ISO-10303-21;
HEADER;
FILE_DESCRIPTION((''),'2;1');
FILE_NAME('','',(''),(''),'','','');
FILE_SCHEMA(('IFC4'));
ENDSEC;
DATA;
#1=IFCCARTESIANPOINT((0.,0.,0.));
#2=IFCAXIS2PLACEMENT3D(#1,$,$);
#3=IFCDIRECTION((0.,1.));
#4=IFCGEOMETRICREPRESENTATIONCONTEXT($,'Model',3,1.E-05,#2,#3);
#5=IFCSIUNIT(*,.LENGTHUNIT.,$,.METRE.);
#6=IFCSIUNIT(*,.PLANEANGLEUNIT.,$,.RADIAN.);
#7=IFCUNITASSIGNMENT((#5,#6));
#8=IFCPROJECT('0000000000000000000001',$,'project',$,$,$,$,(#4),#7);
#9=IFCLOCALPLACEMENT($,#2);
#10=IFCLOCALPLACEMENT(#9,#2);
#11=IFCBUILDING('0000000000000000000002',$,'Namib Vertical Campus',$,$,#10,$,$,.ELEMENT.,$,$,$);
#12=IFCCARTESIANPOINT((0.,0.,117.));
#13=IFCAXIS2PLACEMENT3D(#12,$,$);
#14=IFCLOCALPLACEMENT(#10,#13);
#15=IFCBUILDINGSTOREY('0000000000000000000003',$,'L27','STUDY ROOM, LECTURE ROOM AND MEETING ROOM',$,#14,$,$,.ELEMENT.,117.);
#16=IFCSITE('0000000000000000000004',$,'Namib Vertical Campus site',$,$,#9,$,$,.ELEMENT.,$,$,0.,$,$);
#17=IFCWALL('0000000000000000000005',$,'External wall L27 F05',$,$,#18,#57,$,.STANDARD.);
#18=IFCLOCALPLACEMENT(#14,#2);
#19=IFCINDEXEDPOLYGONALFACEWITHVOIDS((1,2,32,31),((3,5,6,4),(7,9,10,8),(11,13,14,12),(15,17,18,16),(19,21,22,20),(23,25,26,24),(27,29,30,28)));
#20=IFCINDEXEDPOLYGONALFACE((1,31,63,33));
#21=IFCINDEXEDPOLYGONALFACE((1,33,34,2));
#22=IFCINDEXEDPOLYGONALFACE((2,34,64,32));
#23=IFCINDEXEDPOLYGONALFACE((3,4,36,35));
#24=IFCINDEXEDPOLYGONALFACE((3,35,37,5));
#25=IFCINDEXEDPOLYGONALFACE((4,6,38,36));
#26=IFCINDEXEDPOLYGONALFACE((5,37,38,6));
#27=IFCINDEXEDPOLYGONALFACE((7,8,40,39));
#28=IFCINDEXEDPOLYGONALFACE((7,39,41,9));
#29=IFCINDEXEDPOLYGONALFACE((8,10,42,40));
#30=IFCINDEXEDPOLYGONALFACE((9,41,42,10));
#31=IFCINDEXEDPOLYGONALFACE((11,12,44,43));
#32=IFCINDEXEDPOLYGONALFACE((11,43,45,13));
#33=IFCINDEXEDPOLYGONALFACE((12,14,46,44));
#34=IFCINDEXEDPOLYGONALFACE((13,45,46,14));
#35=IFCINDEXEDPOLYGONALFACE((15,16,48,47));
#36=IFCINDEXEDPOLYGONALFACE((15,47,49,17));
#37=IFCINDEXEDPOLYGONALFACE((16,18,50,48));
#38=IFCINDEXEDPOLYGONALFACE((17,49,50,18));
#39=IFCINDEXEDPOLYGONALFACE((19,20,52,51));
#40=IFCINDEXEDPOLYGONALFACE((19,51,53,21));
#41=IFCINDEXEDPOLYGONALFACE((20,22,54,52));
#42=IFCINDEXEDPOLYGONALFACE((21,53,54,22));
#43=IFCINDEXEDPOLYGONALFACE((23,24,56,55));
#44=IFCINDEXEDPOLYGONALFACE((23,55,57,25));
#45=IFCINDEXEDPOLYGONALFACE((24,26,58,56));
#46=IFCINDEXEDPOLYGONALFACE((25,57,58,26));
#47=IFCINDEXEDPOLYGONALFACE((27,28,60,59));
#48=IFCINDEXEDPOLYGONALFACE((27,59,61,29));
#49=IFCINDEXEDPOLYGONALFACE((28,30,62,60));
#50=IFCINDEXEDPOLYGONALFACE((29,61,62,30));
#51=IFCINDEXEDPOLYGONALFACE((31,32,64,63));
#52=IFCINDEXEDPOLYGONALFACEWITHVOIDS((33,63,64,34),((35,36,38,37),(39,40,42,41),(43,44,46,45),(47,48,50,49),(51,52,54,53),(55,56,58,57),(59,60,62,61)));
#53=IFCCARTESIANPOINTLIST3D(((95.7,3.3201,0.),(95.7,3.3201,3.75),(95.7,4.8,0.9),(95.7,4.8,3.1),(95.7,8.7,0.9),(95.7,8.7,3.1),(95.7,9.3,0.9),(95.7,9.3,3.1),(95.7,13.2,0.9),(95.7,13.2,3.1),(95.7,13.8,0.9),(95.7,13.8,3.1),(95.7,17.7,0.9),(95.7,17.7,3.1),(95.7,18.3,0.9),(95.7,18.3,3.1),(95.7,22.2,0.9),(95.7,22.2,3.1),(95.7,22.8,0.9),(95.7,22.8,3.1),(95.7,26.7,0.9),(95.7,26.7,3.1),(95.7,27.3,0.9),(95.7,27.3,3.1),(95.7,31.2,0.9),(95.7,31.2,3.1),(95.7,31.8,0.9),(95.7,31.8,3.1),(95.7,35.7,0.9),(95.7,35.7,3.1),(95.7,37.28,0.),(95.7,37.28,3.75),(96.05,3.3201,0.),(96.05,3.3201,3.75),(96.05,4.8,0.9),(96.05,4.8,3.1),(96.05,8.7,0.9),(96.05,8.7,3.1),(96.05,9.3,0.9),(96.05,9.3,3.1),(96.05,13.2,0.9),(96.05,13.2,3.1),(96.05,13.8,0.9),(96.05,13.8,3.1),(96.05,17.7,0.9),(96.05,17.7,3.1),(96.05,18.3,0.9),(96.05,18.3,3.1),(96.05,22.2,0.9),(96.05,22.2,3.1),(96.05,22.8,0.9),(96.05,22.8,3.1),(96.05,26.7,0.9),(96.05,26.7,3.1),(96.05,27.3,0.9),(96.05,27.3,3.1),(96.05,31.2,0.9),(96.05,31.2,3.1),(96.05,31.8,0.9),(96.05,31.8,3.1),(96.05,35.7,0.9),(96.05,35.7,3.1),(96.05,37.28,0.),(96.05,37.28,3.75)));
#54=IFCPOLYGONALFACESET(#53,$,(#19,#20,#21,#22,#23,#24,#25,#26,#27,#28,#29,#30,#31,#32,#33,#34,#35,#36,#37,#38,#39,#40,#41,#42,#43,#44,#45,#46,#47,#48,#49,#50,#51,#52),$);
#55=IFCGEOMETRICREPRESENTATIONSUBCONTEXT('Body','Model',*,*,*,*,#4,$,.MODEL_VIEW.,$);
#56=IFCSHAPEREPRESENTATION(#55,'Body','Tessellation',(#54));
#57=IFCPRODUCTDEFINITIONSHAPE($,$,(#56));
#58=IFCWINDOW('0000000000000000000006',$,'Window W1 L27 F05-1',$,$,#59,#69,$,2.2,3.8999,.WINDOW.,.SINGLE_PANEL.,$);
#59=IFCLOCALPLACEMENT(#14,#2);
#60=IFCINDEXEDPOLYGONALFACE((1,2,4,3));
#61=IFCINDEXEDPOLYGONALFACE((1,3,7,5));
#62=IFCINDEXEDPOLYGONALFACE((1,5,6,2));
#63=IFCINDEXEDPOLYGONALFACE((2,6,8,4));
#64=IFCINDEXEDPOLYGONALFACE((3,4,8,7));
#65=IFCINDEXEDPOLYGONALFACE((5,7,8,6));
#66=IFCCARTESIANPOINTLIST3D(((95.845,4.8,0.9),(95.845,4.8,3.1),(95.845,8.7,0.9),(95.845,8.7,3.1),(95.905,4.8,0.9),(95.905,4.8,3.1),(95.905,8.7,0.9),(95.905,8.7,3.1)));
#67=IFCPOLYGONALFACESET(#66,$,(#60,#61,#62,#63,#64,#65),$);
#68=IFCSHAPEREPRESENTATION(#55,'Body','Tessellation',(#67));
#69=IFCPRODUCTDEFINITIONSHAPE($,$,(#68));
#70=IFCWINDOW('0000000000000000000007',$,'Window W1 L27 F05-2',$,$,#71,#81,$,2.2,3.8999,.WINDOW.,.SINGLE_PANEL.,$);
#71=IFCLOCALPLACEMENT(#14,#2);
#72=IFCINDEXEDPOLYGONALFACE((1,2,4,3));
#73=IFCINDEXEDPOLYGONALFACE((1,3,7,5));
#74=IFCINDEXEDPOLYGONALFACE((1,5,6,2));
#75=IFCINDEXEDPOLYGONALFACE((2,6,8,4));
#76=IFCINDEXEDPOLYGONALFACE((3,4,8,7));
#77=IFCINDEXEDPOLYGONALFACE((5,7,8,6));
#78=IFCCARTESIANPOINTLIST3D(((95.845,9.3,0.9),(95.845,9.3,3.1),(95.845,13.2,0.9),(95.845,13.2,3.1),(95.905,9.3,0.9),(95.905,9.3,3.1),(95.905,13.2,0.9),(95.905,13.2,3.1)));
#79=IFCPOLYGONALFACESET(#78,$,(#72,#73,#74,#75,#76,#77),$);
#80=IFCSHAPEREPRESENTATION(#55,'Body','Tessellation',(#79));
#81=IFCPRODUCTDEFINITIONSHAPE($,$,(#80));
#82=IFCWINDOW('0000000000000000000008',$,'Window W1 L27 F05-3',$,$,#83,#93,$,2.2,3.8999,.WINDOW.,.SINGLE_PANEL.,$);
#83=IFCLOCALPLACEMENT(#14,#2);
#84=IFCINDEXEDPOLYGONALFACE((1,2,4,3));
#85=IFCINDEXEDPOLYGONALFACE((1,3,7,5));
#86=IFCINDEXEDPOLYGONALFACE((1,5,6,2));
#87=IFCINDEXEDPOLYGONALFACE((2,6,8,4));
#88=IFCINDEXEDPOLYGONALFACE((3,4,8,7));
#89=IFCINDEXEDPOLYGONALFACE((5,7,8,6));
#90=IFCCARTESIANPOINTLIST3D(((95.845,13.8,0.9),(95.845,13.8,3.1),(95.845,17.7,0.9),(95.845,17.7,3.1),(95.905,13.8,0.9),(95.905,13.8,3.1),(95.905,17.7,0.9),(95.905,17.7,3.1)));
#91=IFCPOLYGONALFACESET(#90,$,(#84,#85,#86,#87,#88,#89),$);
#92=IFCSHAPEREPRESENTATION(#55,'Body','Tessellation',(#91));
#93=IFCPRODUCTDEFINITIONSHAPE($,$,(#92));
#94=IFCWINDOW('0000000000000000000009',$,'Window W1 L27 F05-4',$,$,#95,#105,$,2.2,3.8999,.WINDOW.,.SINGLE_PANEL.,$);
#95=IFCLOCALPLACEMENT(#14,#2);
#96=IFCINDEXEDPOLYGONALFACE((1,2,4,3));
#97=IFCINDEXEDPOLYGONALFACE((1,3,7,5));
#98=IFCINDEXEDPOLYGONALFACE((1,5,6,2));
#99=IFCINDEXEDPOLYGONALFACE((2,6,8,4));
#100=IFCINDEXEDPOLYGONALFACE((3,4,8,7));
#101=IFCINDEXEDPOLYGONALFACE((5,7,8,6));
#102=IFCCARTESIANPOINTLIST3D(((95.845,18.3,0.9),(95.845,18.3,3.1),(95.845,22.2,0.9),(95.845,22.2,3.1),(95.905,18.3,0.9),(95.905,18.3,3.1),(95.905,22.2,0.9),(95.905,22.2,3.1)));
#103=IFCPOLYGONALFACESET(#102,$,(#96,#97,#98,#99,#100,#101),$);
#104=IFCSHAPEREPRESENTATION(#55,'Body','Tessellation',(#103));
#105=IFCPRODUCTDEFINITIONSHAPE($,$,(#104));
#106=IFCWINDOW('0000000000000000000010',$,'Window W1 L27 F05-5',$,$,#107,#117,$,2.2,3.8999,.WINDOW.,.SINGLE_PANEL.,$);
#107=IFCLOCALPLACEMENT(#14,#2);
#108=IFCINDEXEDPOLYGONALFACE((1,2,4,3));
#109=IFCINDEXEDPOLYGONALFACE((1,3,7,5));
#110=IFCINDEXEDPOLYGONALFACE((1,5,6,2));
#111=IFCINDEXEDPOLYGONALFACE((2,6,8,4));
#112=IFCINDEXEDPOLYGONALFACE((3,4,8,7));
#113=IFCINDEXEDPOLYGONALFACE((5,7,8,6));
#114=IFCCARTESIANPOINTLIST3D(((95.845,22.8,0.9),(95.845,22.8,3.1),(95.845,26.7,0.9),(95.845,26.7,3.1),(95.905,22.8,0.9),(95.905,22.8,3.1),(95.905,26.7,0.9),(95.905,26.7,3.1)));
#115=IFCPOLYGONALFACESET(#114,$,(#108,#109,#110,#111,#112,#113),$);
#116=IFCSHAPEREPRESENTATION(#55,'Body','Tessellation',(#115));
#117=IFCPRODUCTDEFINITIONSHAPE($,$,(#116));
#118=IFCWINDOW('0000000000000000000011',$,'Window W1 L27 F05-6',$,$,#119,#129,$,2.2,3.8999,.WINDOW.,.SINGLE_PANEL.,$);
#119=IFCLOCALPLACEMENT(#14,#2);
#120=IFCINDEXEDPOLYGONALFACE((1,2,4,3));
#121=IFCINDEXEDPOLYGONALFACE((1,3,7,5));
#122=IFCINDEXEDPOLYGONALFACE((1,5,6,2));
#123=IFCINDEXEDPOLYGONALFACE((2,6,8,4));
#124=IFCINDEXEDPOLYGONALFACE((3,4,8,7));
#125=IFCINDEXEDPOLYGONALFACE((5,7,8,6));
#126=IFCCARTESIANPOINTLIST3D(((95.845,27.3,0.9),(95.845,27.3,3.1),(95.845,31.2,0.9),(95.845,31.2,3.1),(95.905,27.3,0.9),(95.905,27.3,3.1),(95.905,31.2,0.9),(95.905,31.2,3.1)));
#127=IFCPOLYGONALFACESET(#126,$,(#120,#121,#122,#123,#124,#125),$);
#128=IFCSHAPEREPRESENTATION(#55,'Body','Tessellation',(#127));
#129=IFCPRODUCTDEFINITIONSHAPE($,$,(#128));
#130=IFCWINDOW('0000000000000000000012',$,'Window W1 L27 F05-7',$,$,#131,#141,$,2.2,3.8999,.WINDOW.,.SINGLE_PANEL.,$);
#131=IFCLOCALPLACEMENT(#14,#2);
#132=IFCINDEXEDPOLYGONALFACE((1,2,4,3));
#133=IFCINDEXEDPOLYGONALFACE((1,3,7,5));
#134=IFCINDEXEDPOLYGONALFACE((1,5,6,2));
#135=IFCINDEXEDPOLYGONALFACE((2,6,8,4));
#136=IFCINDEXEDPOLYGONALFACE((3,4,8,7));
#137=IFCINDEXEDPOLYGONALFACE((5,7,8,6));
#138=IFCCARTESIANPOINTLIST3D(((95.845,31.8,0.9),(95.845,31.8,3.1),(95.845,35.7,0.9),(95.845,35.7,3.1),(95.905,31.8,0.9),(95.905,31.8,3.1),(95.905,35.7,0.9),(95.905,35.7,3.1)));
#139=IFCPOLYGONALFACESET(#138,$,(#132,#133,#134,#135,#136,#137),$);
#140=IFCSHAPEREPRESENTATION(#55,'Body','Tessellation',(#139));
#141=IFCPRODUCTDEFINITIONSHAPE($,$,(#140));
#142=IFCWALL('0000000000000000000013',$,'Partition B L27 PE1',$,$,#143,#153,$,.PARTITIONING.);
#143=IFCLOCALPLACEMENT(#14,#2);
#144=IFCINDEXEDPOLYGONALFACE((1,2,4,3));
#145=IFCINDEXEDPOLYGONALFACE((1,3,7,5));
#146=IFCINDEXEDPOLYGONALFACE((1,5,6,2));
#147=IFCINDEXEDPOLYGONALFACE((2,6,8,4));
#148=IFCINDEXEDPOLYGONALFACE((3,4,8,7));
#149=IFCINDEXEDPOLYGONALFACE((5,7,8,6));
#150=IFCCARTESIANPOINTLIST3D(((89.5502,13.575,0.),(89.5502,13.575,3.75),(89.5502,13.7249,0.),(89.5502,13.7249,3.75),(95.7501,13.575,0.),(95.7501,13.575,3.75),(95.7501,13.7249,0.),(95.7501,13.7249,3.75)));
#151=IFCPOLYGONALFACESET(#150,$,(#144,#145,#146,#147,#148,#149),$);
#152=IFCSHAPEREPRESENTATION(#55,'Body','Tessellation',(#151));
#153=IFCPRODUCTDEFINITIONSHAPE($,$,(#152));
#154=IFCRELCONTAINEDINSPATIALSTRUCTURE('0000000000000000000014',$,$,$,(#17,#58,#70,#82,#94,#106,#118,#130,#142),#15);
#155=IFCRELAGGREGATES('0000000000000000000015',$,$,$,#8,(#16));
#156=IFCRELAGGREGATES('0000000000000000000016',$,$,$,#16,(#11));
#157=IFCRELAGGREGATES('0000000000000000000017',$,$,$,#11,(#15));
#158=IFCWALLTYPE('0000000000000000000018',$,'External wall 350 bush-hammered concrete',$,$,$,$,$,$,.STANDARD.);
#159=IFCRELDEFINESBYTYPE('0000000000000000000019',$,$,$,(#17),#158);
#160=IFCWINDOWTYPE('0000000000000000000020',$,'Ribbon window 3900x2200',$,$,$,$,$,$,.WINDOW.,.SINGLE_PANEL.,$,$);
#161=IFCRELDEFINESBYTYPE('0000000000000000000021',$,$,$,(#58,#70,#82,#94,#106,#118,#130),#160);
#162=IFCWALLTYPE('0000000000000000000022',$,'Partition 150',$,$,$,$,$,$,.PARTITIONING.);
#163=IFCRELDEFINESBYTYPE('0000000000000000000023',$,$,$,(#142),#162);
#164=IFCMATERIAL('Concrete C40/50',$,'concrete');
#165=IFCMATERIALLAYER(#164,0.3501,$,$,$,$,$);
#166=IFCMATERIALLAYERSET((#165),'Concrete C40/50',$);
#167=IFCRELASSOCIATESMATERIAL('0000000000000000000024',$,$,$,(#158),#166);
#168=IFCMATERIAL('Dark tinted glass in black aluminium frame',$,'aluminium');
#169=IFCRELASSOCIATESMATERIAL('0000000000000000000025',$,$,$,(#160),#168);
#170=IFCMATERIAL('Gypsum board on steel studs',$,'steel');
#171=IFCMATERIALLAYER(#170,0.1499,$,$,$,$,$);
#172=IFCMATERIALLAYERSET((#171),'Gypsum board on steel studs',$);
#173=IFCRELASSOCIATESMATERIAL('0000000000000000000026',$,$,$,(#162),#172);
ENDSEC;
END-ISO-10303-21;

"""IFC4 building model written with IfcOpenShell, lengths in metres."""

from ifc_helpers import new_model, si_unit, direction, frame, frame_2d, origin, place, context, subcontext, project, spatial, rectangle, extrude, material, layer, layer_set, type_object, element, fill, save


model = new_model("IFC4")

# Units and contexts
model_context = context("Model", 3, precision=1e-05, world=origin(), true_north=direction((0.0, 1.0)))
body_context = subcontext(model_context, "Body", "Model", "MODEL_VIEW")
ifc_project = project(units=[si_unit("LENGTHUNIT", "METRE"), si_unit("PLANEANGLEUNIT", "RADIAN")], contexts=[model_context])

# Site, building, storey
site_placement = place(None, origin())
site = spatial("IfcSite", under=ifc_project, at=site_placement, Name="Namib Vertical Campus site", CompositionType="ELEMENT", RefElevation=0.0)
building_placement = place(site_placement, origin())
building = spatial("IfcBuilding", under=site, at=building_placement, Name="Namib Vertical Campus", CompositionType="ELEMENT")
storey_placement = place(building_placement, frame((0.0, 0.0, 117.0)))
storey = spatial("IfcBuildingStorey", under=building, at=storey_placement, Name="L27", Description="STUDY ROOM, LECTURE ROOM AND MEETING ROOM", CompositionType="ELEMENT", Elevation=117.0)

# Wall, openings, windows
ifc_material_1 = material(Name="Concrete C40/50", Category="concrete")
ifc_layer_1 = layer(ifc_material_1, 0.3501)
ifc_layer_set_1 = layer_set([ifc_layer_1], Name="Concrete C40/50")
wall_type_1 = type_object("IfcWallType", Name="External wall 350 bush-hammered concrete", PredefinedType="STANDARD", material=ifc_layer_set_1)
wall_1_placement = place(storey_placement, frame((95.875, 3.3201, 0.0), z_axis=(0.0, 0.0, 1.0), x_axis=(0.0, 1.0, 0.0)))
wall_1 = element("IfcWall", 1, at=wall_1_placement, inside=storey, type_object=wall_type_1, Name="External wall L27 F05", PredefinedType="STANDARD", context=body_context, shape_type="SweptSolid", body=[
    extrude(rectangle(XDim=33.96, YDim=0.3501, at=frame_2d((16.98, 0.0))), origin(), (0.0, 0.0, 1.0), 3.75),
])
opening_1_placement = place(wall_1_placement, frame((1.48, 0.0, 0.8999)))
opening_1 = element("IfcOpeningElement", 2, at=opening_1_placement, cuts=wall_1, PredefinedType="OPENING", context=body_context, shape_type="SweptSolid", body=[
    extrude(rectangle(XDim=3.8999, YDim=2.2, at=frame_2d((1.95, 1.1001))), frame((0.0, 0.1851, 0.0), z_axis=(0.0, -1.0, 0.0), x_axis=(1.0, 0.0, 0.0)), (0.0, 0.0, 1.0), 0.3701),
])
opening_2_placement = place(wall_1_placement, frame((5.98, 0.0, 0.8999)))
opening_2 = element("IfcOpeningElement", 3, at=opening_2_placement, cuts=wall_1, PredefinedType="OPENING", context=body_context, shape_type="SweptSolid", body=[
    extrude(rectangle(XDim=3.8999, YDim=2.2, at=frame_2d((1.95, 1.1001))), frame((0.0, 0.1851, 0.0), z_axis=(0.0, -1.0, 0.0), x_axis=(1.0, 0.0, 0.0)), (0.0, 0.0, 1.0), 0.3701),
])
opening_3_placement = place(wall_1_placement, frame((10.48, 0.0, 0.8999)))
opening_3 = element("IfcOpeningElement", 4, at=opening_3_placement, cuts=wall_1, PredefinedType="OPENING", context=body_context, shape_type="SweptSolid", body=[
    extrude(rectangle(XDim=3.8999, YDim=2.2, at=frame_2d((1.95, 1.1001))), frame((0.0, 0.1851, 0.0), z_axis=(0.0, -1.0, 0.0), x_axis=(1.0, 0.0, 0.0)), (0.0, 0.0, 1.0), 0.3701),
])
opening_4_placement = place(wall_1_placement, frame((14.98, 0.0, 0.8999)))
opening_4 = element("IfcOpeningElement", 5, at=opening_4_placement, cuts=wall_1, PredefinedType="OPENING", context=body_context, shape_type="SweptSolid", body=[
    extrude(rectangle(XDim=3.8999, YDim=2.2, at=frame_2d((1.95, 1.1001))), frame((0.0, 0.1851, 0.0), z_axis=(0.0, -1.0, 0.0), x_axis=(1.0, 0.0, 0.0)), (0.0, 0.0, 1.0), 0.3701),
])
opening_5_placement = place(wall_1_placement, frame((19.48, 0.0, 0.8999)))
opening_5 = element("IfcOpeningElement", 6, at=opening_5_placement, cuts=wall_1, PredefinedType="OPENING", context=body_context, shape_type="SweptSolid", body=[
    extrude(rectangle(XDim=3.8999, YDim=2.2, at=frame_2d((1.95, 1.1001))), frame((0.0, 0.1851, 0.0), z_axis=(0.0, -1.0, 0.0), x_axis=(1.0, 0.0, 0.0)), (0.0, 0.0, 1.0), 0.3701),
])
opening_6_placement = place(wall_1_placement, frame((23.98, 0.0, 0.8999)))
opening_6 = element("IfcOpeningElement", 7, at=opening_6_placement, cuts=wall_1, PredefinedType="OPENING", context=body_context, shape_type="SweptSolid", body=[
    extrude(rectangle(XDim=3.8999, YDim=2.2, at=frame_2d((1.95, 1.1001))), frame((0.0, 0.1851, 0.0), z_axis=(0.0, -1.0, 0.0), x_axis=(1.0, 0.0, 0.0)), (0.0, 0.0, 1.0), 0.3701),
])
opening_7_placement = place(wall_1_placement, frame((28.48, 0.0, 0.8999)))
opening_7 = element("IfcOpeningElement", 8, at=opening_7_placement, cuts=wall_1, PredefinedType="OPENING", context=body_context, shape_type="SweptSolid", body=[
    extrude(rectangle(XDim=3.8999, YDim=2.2, at=frame_2d((1.95, 1.1001))), frame((0.0, 0.1851, 0.0), z_axis=(0.0, -1.0, 0.0), x_axis=(1.0, 0.0, 0.0)), (0.0, 0.0, 1.0), 0.3701),
])
ifc_material_2 = material(Name="Dark tinted glass in black aluminium frame", Category="aluminium")
window_type = type_object("IfcWindowType", Name="Ribbon window 3900x2200", PartitioningType="SINGLE_PANEL", PredefinedType="WINDOW", material=ifc_material_2)
window_1_placement = place(opening_1_placement, origin())
window_1 = element("IfcWindow", 9, at=window_1_placement, inside=storey, type_object=window_type, Name="Window W1 L27 F05-1", OverallHeight=2.2, OverallWidth=3.8999, PartitioningType="SINGLE_PANEL", PredefinedType="WINDOW", context=body_context, shape_type="SweptSolid", body=[
    extrude(rectangle(XDim=3.8999, YDim=2.2, at=frame_2d((1.95, 1.1001))), frame((0.0, 0.03, 0.0), z_axis=(0.0, -1.0, 0.0), x_axis=(1.0, 0.0, 0.0)), (0.0, 0.0, 1.0), 0.0601),
])
fill(opening_1, window_1)
window_2_placement = place(opening_2_placement, origin())
window_2 = element("IfcWindow", 10, at=window_2_placement, inside=storey, type_object=window_type, Name="Window W1 L27 F05-2", OverallHeight=2.2, OverallWidth=3.8999, PartitioningType="SINGLE_PANEL", PredefinedType="WINDOW", context=body_context, shape_type="SweptSolid", body=[
    extrude(rectangle(XDim=3.8999, YDim=2.2, at=frame_2d((1.95, 1.1001))), frame((0.0, 0.03, 0.0), z_axis=(0.0, -1.0, 0.0), x_axis=(1.0, 0.0, 0.0)), (0.0, 0.0, 1.0), 0.0601),
])
fill(opening_2, window_2)
window_3_placement = place(opening_3_placement, origin())
window_3 = element("IfcWindow", 11, at=window_3_placement, inside=storey, type_object=window_type, Name="Window W1 L27 F05-3", OverallHeight=2.2, OverallWidth=3.8999, PartitioningType="SINGLE_PANEL", PredefinedType="WINDOW", context=body_context, shape_type="SweptSolid", body=[
    extrude(rectangle(XDim=3.8999, YDim=2.2, at=frame_2d((1.95, 1.1001))), frame((0.0, 0.03, 0.0), z_axis=(0.0, -1.0, 0.0), x_axis=(1.0, 0.0, 0.0)), (0.0, 0.0, 1.0), 0.0601),
])
fill(opening_3, window_3)
window_4_placement = place(opening_4_placement, origin())
window_4 = element("IfcWindow", 12, at=window_4_placement, inside=storey, type_object=window_type, Name="Window W1 L27 F05-4", OverallHeight=2.2, OverallWidth=3.8999, PartitioningType="SINGLE_PANEL", PredefinedType="WINDOW", context=body_context, shape_type="SweptSolid", body=[
    extrude(rectangle(XDim=3.8999, YDim=2.2, at=frame_2d((1.95, 1.1001))), frame((0.0, 0.03, 0.0), z_axis=(0.0, -1.0, 0.0), x_axis=(1.0, 0.0, 0.0)), (0.0, 0.0, 1.0), 0.0601),
])
fill(opening_4, window_4)
window_5_placement = place(opening_5_placement, origin())
window_5 = element("IfcWindow", 13, at=window_5_placement, inside=storey, type_object=window_type, Name="Window W1 L27 F05-5", OverallHeight=2.2, OverallWidth=3.8999, PartitioningType="SINGLE_PANEL", PredefinedType="WINDOW", context=body_context, shape_type="SweptSolid", body=[
    extrude(rectangle(XDim=3.8999, YDim=2.2, at=frame_2d((1.95, 1.1001))), frame((0.0, 0.03, 0.0), z_axis=(0.0, -1.0, 0.0), x_axis=(1.0, 0.0, 0.0)), (0.0, 0.0, 1.0), 0.0601),
])
fill(opening_5, window_5)
window_6_placement = place(opening_6_placement, origin())
window_6 = element("IfcWindow", 14, at=window_6_placement, inside=storey, type_object=window_type, Name="Window W1 L27 F05-6", OverallHeight=2.2, OverallWidth=3.8999, PartitioningType="SINGLE_PANEL", PredefinedType="WINDOW", context=body_context, shape_type="SweptSolid", body=[
    extrude(rectangle(XDim=3.8999, YDim=2.2, at=frame_2d((1.95, 1.1001))), frame((0.0, 0.03, 0.0), z_axis=(0.0, -1.0, 0.0), x_axis=(1.0, 0.0, 0.0)), (0.0, 0.0, 1.0), 0.0601),
])
fill(opening_6, window_6)
window_7_placement = place(opening_7_placement, origin())
window_7 = element("IfcWindow", 15, at=window_7_placement, inside=storey, type_object=window_type, Name="Window W1 L27 F05-7", OverallHeight=2.2, OverallWidth=3.8999, PartitioningType="SINGLE_PANEL", PredefinedType="WINDOW", context=body_context, shape_type="SweptSolid", body=[
    extrude(rectangle(XDim=3.8999, YDim=2.2, at=frame_2d((1.95, 1.1001))), frame((0.0, 0.03, 0.0), z_axis=(0.0, -1.0, 0.0), x_axis=(1.0, 0.0, 0.0)), (0.0, 0.0, 1.0), 0.0601),
])
fill(opening_7, window_7)

# Wall
ifc_material_3 = material(Name="Gypsum board on steel studs", Category="steel")
ifc_layer_2 = layer(ifc_material_3, 0.1499)
ifc_layer_set_2 = layer_set([ifc_layer_2], Name="Gypsum board on steel studs")
wall_type_2 = type_object("IfcWallType", Name="Partition 150", PredefinedType="PARTITIONING", material=ifc_layer_set_2)
wall_2_placement = place(storey_placement, frame((89.55, 13.6499, 0.0), z_axis=(0.0, 0.0, 1.0), x_axis=(1.0, 0.0, 0.0)))
element("IfcWall", 16, at=wall_2_placement, inside=storey, type_object=wall_type_2, Name="Partition B L27 PE1", PredefinedType="PARTITIONING", context=body_context, shape_type="SweptSolid", body=[
    extrude(rectangle(XDim=6.2, YDim=0.1499, at=frame_2d((3.1001, 0.0))), origin(), (0.0, 0.0, 1.0), 3.75),
])

save(model, "model.ifc")
